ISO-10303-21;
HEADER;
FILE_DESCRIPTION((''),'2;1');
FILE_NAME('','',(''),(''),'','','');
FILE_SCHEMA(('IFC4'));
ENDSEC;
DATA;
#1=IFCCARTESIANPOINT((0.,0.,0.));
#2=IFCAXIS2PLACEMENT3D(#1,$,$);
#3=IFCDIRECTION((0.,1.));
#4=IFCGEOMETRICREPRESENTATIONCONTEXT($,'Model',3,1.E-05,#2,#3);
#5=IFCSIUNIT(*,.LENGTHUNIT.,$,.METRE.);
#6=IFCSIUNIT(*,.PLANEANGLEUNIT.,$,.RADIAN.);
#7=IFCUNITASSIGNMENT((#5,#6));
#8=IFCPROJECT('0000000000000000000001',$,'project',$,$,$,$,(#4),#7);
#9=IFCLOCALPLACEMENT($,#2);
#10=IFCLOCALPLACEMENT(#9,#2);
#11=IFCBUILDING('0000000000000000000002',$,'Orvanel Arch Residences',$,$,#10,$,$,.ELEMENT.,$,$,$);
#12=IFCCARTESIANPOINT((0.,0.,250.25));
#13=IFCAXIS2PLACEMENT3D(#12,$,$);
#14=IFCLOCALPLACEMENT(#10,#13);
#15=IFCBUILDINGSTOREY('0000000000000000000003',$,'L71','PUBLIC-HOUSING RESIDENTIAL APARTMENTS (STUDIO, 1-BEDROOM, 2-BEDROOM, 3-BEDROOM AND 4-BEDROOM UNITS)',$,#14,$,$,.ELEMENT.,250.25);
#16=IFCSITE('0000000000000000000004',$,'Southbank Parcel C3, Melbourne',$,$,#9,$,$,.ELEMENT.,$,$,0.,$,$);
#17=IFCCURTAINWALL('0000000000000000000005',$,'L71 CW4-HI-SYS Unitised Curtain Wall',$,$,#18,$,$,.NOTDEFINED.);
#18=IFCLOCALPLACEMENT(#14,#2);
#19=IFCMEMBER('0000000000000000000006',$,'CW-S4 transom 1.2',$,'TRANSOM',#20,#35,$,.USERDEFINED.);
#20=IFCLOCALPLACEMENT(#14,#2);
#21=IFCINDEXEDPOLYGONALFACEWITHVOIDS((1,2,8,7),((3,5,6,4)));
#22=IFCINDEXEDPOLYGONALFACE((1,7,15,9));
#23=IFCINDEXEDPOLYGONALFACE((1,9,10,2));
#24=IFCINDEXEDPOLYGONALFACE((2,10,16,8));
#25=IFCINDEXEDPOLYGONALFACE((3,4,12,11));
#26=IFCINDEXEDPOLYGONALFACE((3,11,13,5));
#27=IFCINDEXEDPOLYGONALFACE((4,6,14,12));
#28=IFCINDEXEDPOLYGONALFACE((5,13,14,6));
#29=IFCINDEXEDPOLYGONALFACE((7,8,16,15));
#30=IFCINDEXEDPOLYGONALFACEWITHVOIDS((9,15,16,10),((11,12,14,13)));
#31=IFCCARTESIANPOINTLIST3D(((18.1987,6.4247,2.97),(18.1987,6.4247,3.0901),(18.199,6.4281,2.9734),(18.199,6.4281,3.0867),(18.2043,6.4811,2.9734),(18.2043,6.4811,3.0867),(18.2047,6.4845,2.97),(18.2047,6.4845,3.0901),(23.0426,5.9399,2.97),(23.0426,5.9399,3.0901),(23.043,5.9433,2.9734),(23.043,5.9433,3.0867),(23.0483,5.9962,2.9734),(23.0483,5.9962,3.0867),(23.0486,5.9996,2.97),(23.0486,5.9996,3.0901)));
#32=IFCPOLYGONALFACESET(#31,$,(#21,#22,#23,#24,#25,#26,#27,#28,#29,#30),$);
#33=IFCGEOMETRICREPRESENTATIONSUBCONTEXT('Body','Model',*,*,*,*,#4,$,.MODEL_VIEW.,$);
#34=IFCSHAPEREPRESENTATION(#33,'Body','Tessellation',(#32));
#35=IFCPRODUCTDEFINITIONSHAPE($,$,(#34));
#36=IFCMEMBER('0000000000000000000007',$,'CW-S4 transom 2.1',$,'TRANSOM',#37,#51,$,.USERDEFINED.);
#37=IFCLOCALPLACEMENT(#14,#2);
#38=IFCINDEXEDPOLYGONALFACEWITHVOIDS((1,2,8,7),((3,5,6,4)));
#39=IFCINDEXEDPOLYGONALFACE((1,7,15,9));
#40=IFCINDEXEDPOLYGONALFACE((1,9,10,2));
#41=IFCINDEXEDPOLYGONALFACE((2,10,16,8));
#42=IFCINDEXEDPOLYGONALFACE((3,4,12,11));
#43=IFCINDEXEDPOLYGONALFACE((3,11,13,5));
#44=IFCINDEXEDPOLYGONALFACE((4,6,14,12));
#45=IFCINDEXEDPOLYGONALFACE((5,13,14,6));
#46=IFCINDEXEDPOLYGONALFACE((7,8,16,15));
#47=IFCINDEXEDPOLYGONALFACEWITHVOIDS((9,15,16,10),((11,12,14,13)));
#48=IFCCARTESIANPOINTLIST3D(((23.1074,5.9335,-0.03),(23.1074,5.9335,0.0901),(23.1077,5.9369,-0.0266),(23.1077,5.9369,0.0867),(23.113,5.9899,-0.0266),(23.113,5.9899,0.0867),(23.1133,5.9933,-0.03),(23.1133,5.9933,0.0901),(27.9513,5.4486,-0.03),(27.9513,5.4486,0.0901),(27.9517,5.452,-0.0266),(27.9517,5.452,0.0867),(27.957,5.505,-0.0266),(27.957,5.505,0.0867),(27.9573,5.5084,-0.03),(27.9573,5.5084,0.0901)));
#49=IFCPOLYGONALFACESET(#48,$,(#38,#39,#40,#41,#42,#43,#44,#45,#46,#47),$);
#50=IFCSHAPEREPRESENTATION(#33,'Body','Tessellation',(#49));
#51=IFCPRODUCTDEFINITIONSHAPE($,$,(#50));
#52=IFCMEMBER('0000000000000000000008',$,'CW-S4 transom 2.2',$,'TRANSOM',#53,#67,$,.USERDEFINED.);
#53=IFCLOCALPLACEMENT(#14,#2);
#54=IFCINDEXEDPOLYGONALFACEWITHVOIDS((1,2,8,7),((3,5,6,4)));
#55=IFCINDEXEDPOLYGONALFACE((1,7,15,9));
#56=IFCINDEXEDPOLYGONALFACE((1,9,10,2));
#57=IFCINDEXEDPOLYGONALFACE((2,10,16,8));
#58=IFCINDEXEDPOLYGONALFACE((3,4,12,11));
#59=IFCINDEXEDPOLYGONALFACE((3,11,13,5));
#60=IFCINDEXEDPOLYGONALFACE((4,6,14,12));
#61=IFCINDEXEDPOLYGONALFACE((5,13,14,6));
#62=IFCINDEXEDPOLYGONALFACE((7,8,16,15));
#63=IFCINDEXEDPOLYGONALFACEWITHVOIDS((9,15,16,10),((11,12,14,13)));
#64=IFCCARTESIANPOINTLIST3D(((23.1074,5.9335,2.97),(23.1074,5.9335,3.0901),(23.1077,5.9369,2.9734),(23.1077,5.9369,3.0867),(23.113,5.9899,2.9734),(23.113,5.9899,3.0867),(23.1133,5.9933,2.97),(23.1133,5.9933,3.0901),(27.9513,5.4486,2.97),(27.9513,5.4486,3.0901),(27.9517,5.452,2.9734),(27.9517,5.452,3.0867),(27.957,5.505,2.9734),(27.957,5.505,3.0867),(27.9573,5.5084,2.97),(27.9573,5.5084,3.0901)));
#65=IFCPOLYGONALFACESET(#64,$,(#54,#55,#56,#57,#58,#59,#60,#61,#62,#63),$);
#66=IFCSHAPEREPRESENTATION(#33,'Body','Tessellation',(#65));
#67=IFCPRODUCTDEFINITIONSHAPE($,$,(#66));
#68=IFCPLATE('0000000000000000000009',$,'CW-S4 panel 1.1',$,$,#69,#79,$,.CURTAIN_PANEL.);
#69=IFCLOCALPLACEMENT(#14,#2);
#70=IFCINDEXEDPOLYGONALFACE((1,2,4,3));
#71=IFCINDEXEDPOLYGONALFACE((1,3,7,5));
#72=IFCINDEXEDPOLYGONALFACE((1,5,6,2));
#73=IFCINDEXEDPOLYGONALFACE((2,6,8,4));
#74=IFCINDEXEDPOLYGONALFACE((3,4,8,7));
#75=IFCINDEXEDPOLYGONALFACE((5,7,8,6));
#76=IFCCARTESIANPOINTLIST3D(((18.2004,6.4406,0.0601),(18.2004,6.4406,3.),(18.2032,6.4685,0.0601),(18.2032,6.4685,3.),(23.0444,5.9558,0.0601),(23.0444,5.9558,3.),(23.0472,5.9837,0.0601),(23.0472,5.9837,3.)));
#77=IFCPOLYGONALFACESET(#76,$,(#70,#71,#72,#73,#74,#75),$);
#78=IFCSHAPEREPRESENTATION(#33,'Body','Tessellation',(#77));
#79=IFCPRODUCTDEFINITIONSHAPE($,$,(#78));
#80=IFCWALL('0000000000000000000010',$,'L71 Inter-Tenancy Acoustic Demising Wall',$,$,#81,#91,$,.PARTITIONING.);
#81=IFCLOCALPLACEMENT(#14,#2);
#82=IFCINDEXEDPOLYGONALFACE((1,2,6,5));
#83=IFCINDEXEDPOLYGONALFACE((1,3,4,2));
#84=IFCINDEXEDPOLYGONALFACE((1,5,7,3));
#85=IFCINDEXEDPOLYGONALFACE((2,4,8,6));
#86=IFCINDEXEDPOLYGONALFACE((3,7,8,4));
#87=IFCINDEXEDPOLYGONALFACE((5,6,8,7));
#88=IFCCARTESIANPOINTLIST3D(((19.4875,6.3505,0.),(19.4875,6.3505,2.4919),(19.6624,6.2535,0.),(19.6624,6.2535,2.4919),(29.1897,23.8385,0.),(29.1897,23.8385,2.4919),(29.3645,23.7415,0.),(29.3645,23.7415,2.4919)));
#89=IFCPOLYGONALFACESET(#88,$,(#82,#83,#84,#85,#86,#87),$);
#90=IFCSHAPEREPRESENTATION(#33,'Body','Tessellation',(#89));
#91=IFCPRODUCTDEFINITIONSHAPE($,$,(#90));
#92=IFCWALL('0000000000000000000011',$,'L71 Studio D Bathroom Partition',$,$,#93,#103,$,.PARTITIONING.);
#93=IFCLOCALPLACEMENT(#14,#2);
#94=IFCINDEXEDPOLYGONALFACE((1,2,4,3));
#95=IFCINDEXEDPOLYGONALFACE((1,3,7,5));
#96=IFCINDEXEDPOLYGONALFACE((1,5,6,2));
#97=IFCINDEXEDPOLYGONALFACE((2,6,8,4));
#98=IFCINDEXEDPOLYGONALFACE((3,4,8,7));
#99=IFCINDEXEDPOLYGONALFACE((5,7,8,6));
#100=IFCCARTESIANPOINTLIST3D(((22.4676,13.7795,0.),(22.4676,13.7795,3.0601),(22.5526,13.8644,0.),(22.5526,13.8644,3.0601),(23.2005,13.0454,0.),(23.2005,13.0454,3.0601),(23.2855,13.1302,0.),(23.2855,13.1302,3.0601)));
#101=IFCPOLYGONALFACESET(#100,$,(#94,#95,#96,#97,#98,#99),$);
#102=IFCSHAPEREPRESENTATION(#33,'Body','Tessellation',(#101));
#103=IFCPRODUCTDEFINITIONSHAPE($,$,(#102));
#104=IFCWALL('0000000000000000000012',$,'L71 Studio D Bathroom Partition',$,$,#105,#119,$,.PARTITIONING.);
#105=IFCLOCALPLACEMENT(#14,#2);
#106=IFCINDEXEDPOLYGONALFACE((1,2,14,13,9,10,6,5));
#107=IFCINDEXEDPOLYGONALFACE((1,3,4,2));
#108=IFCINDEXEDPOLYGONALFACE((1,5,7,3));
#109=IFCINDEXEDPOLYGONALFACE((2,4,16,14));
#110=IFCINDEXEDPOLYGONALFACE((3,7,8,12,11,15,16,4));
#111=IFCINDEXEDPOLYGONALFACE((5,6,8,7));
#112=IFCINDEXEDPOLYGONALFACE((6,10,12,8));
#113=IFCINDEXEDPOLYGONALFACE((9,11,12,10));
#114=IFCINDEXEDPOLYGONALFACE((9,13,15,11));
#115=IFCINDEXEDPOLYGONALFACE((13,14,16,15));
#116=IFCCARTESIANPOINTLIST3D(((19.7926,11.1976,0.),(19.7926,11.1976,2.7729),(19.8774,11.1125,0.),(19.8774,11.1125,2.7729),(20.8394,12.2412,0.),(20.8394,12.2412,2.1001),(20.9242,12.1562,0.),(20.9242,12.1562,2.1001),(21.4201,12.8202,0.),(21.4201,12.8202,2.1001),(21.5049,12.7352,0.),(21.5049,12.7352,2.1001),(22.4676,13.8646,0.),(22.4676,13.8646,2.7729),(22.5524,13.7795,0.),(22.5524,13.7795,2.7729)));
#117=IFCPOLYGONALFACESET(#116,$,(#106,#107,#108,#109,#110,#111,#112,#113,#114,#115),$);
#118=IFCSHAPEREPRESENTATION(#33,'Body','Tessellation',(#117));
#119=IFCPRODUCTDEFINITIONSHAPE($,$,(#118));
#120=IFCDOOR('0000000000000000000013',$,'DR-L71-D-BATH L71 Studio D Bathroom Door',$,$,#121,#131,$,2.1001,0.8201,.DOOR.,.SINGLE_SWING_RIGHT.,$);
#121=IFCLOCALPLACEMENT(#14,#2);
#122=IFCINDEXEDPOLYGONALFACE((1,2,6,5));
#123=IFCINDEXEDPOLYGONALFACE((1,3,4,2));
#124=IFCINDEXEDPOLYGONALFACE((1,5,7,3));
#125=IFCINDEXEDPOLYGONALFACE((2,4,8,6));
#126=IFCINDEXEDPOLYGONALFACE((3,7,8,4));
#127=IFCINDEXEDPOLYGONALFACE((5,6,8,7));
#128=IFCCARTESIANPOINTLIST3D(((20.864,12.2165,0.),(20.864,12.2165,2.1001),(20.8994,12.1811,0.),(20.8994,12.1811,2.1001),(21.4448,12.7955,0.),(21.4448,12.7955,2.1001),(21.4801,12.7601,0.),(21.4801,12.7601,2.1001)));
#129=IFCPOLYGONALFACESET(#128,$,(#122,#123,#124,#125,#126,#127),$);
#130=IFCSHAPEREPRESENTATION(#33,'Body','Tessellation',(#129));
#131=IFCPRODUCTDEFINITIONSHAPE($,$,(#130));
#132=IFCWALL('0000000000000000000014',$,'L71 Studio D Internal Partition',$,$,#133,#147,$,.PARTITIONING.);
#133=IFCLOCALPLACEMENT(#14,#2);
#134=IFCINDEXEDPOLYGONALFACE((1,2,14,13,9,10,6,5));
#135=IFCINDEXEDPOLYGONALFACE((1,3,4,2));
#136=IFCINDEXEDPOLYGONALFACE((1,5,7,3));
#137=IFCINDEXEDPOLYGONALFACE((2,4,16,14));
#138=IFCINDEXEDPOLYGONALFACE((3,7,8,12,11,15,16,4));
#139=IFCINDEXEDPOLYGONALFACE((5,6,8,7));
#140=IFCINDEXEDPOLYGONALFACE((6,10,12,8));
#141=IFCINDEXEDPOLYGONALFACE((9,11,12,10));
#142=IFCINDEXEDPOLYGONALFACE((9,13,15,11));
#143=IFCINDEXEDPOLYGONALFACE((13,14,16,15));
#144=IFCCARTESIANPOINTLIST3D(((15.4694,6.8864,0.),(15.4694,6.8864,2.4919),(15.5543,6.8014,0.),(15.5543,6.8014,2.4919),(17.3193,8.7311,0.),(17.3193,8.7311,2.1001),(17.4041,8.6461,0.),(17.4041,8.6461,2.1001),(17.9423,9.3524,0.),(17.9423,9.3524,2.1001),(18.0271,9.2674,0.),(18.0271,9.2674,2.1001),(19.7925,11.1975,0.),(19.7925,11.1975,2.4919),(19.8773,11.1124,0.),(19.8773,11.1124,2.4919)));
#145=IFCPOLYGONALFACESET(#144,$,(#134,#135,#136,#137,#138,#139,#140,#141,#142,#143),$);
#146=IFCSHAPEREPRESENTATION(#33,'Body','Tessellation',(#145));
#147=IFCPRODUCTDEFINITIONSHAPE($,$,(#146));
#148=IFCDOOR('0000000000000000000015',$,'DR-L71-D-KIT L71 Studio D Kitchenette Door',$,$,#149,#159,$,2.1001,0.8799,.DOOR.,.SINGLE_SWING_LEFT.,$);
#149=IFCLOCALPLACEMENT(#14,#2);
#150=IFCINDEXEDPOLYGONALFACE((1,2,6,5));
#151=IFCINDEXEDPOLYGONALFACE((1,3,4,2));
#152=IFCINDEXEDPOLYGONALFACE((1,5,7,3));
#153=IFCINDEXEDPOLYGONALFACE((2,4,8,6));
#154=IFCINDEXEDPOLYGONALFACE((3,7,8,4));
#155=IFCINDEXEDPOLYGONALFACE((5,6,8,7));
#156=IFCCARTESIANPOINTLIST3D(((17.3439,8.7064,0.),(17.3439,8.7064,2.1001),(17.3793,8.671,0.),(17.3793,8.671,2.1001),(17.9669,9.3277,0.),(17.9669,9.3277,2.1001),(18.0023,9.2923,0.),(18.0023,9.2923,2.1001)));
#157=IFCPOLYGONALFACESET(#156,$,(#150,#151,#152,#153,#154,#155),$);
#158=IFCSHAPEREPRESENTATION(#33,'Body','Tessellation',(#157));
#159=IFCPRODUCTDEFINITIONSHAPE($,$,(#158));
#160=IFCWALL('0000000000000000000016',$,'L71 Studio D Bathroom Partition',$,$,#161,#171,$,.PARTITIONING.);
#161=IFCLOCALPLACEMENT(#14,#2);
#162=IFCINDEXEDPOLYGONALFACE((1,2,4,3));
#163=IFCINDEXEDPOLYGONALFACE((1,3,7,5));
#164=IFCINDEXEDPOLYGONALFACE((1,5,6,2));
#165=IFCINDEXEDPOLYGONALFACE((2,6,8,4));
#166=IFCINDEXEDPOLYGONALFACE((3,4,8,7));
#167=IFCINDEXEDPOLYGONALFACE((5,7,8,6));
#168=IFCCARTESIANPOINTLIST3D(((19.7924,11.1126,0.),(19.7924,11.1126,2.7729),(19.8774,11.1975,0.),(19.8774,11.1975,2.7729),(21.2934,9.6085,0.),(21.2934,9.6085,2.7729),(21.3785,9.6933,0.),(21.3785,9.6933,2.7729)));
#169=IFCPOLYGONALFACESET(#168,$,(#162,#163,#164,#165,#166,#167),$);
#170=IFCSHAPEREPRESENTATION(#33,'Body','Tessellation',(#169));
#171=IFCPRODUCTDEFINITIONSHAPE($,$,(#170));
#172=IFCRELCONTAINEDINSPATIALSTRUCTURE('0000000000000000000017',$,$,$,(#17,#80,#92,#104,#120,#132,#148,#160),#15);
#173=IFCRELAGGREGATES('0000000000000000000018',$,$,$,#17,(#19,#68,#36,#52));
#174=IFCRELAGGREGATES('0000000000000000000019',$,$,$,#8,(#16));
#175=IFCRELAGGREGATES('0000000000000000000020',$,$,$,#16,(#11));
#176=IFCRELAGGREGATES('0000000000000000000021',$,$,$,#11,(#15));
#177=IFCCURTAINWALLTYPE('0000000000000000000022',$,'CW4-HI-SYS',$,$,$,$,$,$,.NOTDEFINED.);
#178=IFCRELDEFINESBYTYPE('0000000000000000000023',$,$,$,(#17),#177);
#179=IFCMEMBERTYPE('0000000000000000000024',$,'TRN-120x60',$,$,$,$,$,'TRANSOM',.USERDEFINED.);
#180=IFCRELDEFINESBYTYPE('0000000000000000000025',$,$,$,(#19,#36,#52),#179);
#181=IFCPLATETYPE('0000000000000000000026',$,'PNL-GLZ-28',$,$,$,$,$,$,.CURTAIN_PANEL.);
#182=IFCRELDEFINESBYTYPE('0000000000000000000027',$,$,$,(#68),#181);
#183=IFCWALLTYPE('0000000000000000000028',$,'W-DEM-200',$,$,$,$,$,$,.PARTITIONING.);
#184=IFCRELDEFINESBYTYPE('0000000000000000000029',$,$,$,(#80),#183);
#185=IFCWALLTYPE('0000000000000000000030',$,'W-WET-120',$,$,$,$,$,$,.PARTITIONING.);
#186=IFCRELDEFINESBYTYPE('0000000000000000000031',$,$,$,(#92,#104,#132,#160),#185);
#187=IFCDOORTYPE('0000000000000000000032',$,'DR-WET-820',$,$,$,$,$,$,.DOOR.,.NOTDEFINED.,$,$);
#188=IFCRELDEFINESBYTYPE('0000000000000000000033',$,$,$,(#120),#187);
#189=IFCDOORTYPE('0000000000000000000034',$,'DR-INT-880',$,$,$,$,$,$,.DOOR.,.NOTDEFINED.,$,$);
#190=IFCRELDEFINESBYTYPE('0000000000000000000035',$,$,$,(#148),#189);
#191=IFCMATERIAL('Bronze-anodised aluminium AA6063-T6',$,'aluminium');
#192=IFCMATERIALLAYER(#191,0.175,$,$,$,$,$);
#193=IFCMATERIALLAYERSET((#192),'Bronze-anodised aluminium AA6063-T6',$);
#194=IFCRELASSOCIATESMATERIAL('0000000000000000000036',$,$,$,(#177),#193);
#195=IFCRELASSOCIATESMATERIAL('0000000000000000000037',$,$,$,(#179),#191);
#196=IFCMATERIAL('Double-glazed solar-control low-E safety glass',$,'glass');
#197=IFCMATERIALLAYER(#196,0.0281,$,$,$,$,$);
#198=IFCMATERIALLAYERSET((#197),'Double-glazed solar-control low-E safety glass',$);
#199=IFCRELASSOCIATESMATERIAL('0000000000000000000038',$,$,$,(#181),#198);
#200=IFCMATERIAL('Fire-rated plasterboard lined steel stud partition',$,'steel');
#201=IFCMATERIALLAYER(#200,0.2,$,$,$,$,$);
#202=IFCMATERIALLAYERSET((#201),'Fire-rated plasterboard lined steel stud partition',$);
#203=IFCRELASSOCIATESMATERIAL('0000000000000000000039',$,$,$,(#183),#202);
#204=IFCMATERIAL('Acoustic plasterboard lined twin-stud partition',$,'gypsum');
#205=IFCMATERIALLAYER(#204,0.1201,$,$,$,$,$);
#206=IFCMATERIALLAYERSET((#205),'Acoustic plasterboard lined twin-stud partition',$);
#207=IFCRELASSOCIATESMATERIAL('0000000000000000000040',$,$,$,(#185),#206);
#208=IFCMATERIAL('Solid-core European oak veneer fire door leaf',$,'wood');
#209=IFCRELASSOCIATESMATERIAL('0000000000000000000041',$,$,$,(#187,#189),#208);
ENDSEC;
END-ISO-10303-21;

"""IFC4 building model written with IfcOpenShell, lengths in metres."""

from ifc_helpers import new_model, si_unit, direction, frame, frame_2d, origin, origin_2d, place, context, subcontext, project, spatial, rectangle, hollow_rectangle, extrude, material, layer, layer_set, material_profile, profile_set, type_object, element, fill, aggregate, save


model = new_model("IFC4")

# Units and contexts
model_context = context("Model", 3, precision=1e-05, world=origin(), true_north=direction((0.0, 1.0)))
body_context = subcontext(model_context, "Body", "Model", "MODEL_VIEW")
ifc_project = project(units=[si_unit("LENGTHUNIT", "METRE"), si_unit("PLANEANGLEUNIT", "RADIAN")], contexts=[model_context])

# Site, building, storey
site_placement = place(None, origin())
site = spatial("IfcSite", under=ifc_project, at=site_placement, Name="Southbank Parcel C3, Melbourne", CompositionType="ELEMENT", RefElevation=0.0)
building_placement = place(site_placement, origin())
building = spatial("IfcBuilding", under=site, at=building_placement, Name="Orvanel Arch Residences", CompositionType="ELEMENT")
storey_placement = place(building_placement, frame((0.0, 0.0, 250.25)))
storey = spatial("IfcBuildingStorey", under=building, at=storey_placement, Name="L71", Description="PUBLIC-HOUSING RESIDENTIAL APARTMENTS (STUDIO, 1-BEDROOM, 2-BEDROOM, 3-BEDROOM AND 4-BEDROOM UNITS)", CompositionType="ELEMENT", Elevation=250.25)

# Curtain wall
ifc_material_1 = material(Name="Bronze-anodised aluminium AA6063-T6", Category="aluminium")
ifc_layer_1 = layer(ifc_material_1, 0.175)
ifc_layer_set_1 = layer_set([ifc_layer_1], Name="Bronze-anodised aluminium AA6063-T6")
curtain_wall_type = type_object("IfcCurtainWallType", Name="CW4-HI-SYS", PredefinedType="NOTDEFINED", material=ifc_layer_set_1)
curtain_wall_placement = place(storey_placement, origin())
curtain_wall = element("IfcCurtainWall", 1, at=curtain_wall_placement, inside=storey, type_object=curtain_wall_type, Name="L71 CW4-HI-SYS Unitised Curtain Wall", PredefinedType="NOTDEFINED")

# Members
ifc_material_profile_1 = material_profile(ifc_material_1, hollow_rectangle(XDim=0.0601, YDim=0.1201, WallThickness=0.0034, at=origin_2d()), Name="ALU120x60x3.5")
ifc_profile_set_1 = profile_set([ifc_material_profile_1], Name="Bronze-anodised aluminium AA6063-T6")
member_type_1 = type_object("IfcMemberType", Name="TRN-120x60", ElementType="TRANSOM", PredefinedType="USERDEFINED", material=ifc_profile_set_1)
member_1_placement = place(storey_placement, frame((18.2017, 6.4546, 3.03), z_axis=(0.995028, -0.099598, 0.0), x_axis=(0.099598, 0.995028, 0.0)))
member_1 = element("IfcMember", 2, at=member_1_placement, type_object=member_type_1, Name="CW-S4 transom 1.2", ObjectType="TRANSOM", PredefinedType="USERDEFINED", context=body_context, shape_type="SweptSolid", body=[
    extrude(hollow_rectangle(XDim=0.0601, YDim=0.1201, WallThickness=0.0034, at=origin_2d()), origin(), (0.0, 0.0, 1.0), 4.8682),
])
member_2_placement = place(storey_placement, frame((23.1104, 5.9634, 0.03), z_axis=(0.995028, -0.099598, 0.0), x_axis=(0.099598, 0.995028, 0.0)))
member_2 = element("IfcMember", 3, at=member_2_placement, type_object=member_type_1, Name="CW-S4 transom 2.1", ObjectType="TRANSOM", PredefinedType="USERDEFINED", context=body_context, shape_type="SweptSolid", body=[
    extrude(hollow_rectangle(XDim=0.0601, YDim=0.1201, WallThickness=0.0034, at=origin_2d()), origin(), (0.0, 0.0, 1.0), 4.8682),
])
member_3_placement = place(storey_placement, frame((23.1104, 5.9634, 3.03), z_axis=(0.995028, -0.099598, 0.0), x_axis=(0.099598, 0.995028, 0.0)))
member_3 = element("IfcMember", 4, at=member_3_placement, type_object=member_type_1, Name="CW-S4 transom 2.2", ObjectType="TRANSOM", PredefinedType="USERDEFINED", context=body_context, shape_type="SweptSolid", body=[
    extrude(hollow_rectangle(XDim=0.0601, YDim=0.1201, WallThickness=0.0034, at=origin_2d()), origin(), (0.0, 0.0, 1.0), 4.8682),
])

# Plate
ifc_material_2 = material(Name="Double-glazed solar-control low-E safety glass", Category="glass")
ifc_layer_2 = layer(ifc_material_2, 0.0281)
ifc_layer_set_2 = layer_set([ifc_layer_2], Name="Double-glazed solar-control low-E safety glass")
plate_type = type_object("IfcPlateType", Name="PNL-GLZ-28", PredefinedType="CURTAIN_PANEL", material=ifc_layer_set_2)
plate_placement = place(storey_placement, frame((20.6238, 6.2122, 0.0601), z_axis=(0.0, 0.0, 1.0), x_axis=(0.995029, -0.099583, 0.0)))
plate = element("IfcPlate", 5, at=plate_placement, type_object=plate_type, Name="CW-S4 panel 1.1", PredefinedType="CURTAIN_PANEL", context=body_context, shape_type="SweptSolid", body=[
    extrude(rectangle(XDim=4.8682, YDim=0.0281, at=origin_2d()), origin(), (0.0, 0.0, 1.0), 2.9399),
])
aggregate(curtain_wall, [member_1, plate, member_2, member_3])

# Walls
ifc_material_3 = material(Name="Fire-rated plasterboard lined steel stud partition", Category="steel")
ifc_layer_3 = layer(ifc_material_3, 0.2)
ifc_layer_set_3 = layer_set([ifc_layer_3], Name="Fire-rated plasterboard lined steel stud partition")
wall_type_1 = type_object("IfcWallType", Name="W-DEM-200", PredefinedType="PARTITIONING", material=ifc_layer_set_3)
wall_1_placement = place(storey_placement, frame((19.575, 6.302, 0.0), z_axis=(0.0, 0.0, 1.0), x_axis=(0.48513, 0.874442, 0.0)))
element("IfcWall", 6, at=wall_1_placement, inside=storey, type_object=wall_type_1, Name="L71 Inter-Tenancy Acoustic Demising Wall", PredefinedType="PARTITIONING", context=body_context, shape_type="SweptSolid", body=[
    extrude(rectangle(XDim=19.999, YDim=0.2, at=frame_2d((9.9995, 0.0))), origin(), (0.0, 0.0, 1.0), 2.4919),
])
ifc_material_4 = material(Name="Acoustic plasterboard lined twin-stud partition", Category="gypsum")
ifc_layer_4 = layer(ifc_material_4, 0.1201)
ifc_layer_set_4 = layer_set([ifc_layer_4], Name="Acoustic plasterboard lined twin-stud partition")
wall_type_2 = type_object("IfcWallType", Name="W-WET-120", PredefinedType="PARTITIONING", material=ifc_layer_set_4)
wall_2_placement = place(storey_placement, frame((23.2429, 13.0879, 0.0), z_axis=(0.0, 0.0, 1.0), x_axis=(-0.706518, 0.707695, 0.0)))
element("IfcWall", 7, at=wall_2_placement, inside=storey, type_object=wall_type_2, Name="L71 Studio D Bathroom Partition", PredefinedType="PARTITIONING", context=body_context, shape_type="SweptSolid", body=[
    extrude(rectangle(XDim=1.0374, YDim=0.1201, at=frame_2d((0.5186, 0.0))), origin(), (0.0, 0.0, 1.0), 3.0601),
])

# Walls, openings, doors
wall_3_placement = place(storey_placement, frame((22.51, 13.822, 0.0), z_axis=(0.0, 0.0, 1.0), x_axis=(-0.708172, -0.70604, 0.0)))
wall_3 = element("IfcWall", 8, at=wall_3_placement, inside=storey, type_object=wall_type_2, Name="L71 Studio D Bathroom Partition", PredefinedType="PARTITIONING", context=body_context, shape_type="SweptSolid", body=[
    extrude(rectangle(XDim=3.7773, YDim=0.1201, at=frame_2d((1.8887, 0.0))), origin(), (0.0, 0.0, 1.0), 2.7729),
])
opening_1_placement = place(wall_3_placement, frame((1.479, 0.0, 0.0)))
opening_1 = element("IfcOpeningElement", 9, at=opening_1_placement, cuts=wall_3, PredefinedType="OPENING", context=body_context, shape_type="SweptSolid", body=[
    extrude(rectangle(XDim=0.8201, YDim=2.1001, at=frame_2d((0.4102, 1.05))), frame((0.0, 0.0701, 0.0), z_axis=(0.0, -1.0, 0.0), x_axis=(1.0, 0.0, 0.0)), (0.0, 0.0, 1.0), 0.1401),
])
ifc_material_5 = material(Name="Solid-core European oak veneer fire door leaf", Category="wood")
door_type_1 = type_object("IfcDoorType", Name="DR-WET-820", OperationType="NOTDEFINED", PredefinedType="DOOR", material=ifc_material_5)
door_1_placement = place(opening_1_placement, origin())
door_1 = element("IfcDoor", 10, at=door_1_placement, inside=storey, type_object=door_type_1, Name="DR-L71-D-BATH L71 Studio D Bathroom Door", OperationType="SINGLE_SWING_RIGHT", OverallHeight=2.1001, OverallWidth=0.8201, PredefinedType="DOOR", context=body_context, shape_type="SweptSolid", body=[
    extrude(rectangle(XDim=0.8201, YDim=2.1001, at=frame_2d((0.4102, 1.05))), frame((0.0, 0.0249, 0.0), z_axis=(0.0, -1.0, 0.0), x_axis=(1.0, 0.0, 0.0)), (0.0, 0.0, 1.0), 0.05),
])
fill(opening_1, door_1)
wall_4_placement = place(storey_placement, frame((19.835, 11.155, 0.0), z_axis=(0.0, 0.0, 1.0), x_axis=(-0.708086, -0.706126, 0.0)))
wall_4 = element("IfcWall", 11, at=wall_4_placement, inside=storey, type_object=wall_type_2, Name="L71 Studio D Internal Partition", PredefinedType="PARTITIONING", context=body_context, shape_type="SweptSolid", body=[
    extrude(rectangle(XDim=6.1052, YDim=0.1201, at=frame_2d((3.0527, 0.0))), origin(), (0.0, 0.0, 1.0), 2.4919),
])
opening_2_placement = place(wall_4_placement, frame((2.613, 0.0, 0.0)))
opening_2 = element("IfcOpeningElement", 12, at=opening_2_placement, cuts=wall_4, PredefinedType="OPENING", context=body_context, shape_type="SweptSolid", body=[
    extrude(rectangle(XDim=0.8799, YDim=2.1001, at=frame_2d((0.4399, 1.05))), frame((0.0, 0.0701, 0.0), z_axis=(0.0, -1.0, 0.0), x_axis=(1.0, 0.0, 0.0)), (0.0, 0.0, 1.0), 0.1401),
])
door_type_2 = type_object("IfcDoorType", Name="DR-INT-880", OperationType="NOTDEFINED", PredefinedType="DOOR", material=ifc_material_5)
door_2_placement = place(opening_2_placement, origin())
door_2 = element("IfcDoor", 13, at=door_2_placement, inside=storey, type_object=door_type_2, Name="DR-L71-D-KIT L71 Studio D Kitchenette Door", OperationType="SINGLE_SWING_LEFT", OverallHeight=2.1001, OverallWidth=0.8799, PredefinedType="DOOR", context=body_context, shape_type="SweptSolid", body=[
    extrude(rectangle(XDim=0.8799, YDim=2.1001, at=frame_2d((0.4399, 1.05))), frame((0.0, 0.0249, 0.0), z_axis=(0.0, -1.0, 0.0), x_axis=(1.0, 0.0, 0.0)), (0.0, 0.0, 1.0), 0.05),
])
fill(opening_2, door_2)

# Wall
wall_5_placement = place(storey_placement, frame((21.3359, 9.6509, 0.0), z_axis=(0.0, 0.0, 1.0), x_axis=(-0.70636, 0.707853, 0.0)))
element("IfcWall", 14, at=wall_5_placement, inside=storey, type_object=wall_type_2, Name="L71 Studio D Bathroom Partition", PredefinedType="PARTITIONING", context=body_context, shape_type="SweptSolid", body=[
    extrude(rectangle(XDim=2.125, YDim=0.1201, at=frame_2d((1.0625, 0.0))), origin(), (0.0, 0.0, 1.0), 2.7729),
])

save(model, "model.ifc")
